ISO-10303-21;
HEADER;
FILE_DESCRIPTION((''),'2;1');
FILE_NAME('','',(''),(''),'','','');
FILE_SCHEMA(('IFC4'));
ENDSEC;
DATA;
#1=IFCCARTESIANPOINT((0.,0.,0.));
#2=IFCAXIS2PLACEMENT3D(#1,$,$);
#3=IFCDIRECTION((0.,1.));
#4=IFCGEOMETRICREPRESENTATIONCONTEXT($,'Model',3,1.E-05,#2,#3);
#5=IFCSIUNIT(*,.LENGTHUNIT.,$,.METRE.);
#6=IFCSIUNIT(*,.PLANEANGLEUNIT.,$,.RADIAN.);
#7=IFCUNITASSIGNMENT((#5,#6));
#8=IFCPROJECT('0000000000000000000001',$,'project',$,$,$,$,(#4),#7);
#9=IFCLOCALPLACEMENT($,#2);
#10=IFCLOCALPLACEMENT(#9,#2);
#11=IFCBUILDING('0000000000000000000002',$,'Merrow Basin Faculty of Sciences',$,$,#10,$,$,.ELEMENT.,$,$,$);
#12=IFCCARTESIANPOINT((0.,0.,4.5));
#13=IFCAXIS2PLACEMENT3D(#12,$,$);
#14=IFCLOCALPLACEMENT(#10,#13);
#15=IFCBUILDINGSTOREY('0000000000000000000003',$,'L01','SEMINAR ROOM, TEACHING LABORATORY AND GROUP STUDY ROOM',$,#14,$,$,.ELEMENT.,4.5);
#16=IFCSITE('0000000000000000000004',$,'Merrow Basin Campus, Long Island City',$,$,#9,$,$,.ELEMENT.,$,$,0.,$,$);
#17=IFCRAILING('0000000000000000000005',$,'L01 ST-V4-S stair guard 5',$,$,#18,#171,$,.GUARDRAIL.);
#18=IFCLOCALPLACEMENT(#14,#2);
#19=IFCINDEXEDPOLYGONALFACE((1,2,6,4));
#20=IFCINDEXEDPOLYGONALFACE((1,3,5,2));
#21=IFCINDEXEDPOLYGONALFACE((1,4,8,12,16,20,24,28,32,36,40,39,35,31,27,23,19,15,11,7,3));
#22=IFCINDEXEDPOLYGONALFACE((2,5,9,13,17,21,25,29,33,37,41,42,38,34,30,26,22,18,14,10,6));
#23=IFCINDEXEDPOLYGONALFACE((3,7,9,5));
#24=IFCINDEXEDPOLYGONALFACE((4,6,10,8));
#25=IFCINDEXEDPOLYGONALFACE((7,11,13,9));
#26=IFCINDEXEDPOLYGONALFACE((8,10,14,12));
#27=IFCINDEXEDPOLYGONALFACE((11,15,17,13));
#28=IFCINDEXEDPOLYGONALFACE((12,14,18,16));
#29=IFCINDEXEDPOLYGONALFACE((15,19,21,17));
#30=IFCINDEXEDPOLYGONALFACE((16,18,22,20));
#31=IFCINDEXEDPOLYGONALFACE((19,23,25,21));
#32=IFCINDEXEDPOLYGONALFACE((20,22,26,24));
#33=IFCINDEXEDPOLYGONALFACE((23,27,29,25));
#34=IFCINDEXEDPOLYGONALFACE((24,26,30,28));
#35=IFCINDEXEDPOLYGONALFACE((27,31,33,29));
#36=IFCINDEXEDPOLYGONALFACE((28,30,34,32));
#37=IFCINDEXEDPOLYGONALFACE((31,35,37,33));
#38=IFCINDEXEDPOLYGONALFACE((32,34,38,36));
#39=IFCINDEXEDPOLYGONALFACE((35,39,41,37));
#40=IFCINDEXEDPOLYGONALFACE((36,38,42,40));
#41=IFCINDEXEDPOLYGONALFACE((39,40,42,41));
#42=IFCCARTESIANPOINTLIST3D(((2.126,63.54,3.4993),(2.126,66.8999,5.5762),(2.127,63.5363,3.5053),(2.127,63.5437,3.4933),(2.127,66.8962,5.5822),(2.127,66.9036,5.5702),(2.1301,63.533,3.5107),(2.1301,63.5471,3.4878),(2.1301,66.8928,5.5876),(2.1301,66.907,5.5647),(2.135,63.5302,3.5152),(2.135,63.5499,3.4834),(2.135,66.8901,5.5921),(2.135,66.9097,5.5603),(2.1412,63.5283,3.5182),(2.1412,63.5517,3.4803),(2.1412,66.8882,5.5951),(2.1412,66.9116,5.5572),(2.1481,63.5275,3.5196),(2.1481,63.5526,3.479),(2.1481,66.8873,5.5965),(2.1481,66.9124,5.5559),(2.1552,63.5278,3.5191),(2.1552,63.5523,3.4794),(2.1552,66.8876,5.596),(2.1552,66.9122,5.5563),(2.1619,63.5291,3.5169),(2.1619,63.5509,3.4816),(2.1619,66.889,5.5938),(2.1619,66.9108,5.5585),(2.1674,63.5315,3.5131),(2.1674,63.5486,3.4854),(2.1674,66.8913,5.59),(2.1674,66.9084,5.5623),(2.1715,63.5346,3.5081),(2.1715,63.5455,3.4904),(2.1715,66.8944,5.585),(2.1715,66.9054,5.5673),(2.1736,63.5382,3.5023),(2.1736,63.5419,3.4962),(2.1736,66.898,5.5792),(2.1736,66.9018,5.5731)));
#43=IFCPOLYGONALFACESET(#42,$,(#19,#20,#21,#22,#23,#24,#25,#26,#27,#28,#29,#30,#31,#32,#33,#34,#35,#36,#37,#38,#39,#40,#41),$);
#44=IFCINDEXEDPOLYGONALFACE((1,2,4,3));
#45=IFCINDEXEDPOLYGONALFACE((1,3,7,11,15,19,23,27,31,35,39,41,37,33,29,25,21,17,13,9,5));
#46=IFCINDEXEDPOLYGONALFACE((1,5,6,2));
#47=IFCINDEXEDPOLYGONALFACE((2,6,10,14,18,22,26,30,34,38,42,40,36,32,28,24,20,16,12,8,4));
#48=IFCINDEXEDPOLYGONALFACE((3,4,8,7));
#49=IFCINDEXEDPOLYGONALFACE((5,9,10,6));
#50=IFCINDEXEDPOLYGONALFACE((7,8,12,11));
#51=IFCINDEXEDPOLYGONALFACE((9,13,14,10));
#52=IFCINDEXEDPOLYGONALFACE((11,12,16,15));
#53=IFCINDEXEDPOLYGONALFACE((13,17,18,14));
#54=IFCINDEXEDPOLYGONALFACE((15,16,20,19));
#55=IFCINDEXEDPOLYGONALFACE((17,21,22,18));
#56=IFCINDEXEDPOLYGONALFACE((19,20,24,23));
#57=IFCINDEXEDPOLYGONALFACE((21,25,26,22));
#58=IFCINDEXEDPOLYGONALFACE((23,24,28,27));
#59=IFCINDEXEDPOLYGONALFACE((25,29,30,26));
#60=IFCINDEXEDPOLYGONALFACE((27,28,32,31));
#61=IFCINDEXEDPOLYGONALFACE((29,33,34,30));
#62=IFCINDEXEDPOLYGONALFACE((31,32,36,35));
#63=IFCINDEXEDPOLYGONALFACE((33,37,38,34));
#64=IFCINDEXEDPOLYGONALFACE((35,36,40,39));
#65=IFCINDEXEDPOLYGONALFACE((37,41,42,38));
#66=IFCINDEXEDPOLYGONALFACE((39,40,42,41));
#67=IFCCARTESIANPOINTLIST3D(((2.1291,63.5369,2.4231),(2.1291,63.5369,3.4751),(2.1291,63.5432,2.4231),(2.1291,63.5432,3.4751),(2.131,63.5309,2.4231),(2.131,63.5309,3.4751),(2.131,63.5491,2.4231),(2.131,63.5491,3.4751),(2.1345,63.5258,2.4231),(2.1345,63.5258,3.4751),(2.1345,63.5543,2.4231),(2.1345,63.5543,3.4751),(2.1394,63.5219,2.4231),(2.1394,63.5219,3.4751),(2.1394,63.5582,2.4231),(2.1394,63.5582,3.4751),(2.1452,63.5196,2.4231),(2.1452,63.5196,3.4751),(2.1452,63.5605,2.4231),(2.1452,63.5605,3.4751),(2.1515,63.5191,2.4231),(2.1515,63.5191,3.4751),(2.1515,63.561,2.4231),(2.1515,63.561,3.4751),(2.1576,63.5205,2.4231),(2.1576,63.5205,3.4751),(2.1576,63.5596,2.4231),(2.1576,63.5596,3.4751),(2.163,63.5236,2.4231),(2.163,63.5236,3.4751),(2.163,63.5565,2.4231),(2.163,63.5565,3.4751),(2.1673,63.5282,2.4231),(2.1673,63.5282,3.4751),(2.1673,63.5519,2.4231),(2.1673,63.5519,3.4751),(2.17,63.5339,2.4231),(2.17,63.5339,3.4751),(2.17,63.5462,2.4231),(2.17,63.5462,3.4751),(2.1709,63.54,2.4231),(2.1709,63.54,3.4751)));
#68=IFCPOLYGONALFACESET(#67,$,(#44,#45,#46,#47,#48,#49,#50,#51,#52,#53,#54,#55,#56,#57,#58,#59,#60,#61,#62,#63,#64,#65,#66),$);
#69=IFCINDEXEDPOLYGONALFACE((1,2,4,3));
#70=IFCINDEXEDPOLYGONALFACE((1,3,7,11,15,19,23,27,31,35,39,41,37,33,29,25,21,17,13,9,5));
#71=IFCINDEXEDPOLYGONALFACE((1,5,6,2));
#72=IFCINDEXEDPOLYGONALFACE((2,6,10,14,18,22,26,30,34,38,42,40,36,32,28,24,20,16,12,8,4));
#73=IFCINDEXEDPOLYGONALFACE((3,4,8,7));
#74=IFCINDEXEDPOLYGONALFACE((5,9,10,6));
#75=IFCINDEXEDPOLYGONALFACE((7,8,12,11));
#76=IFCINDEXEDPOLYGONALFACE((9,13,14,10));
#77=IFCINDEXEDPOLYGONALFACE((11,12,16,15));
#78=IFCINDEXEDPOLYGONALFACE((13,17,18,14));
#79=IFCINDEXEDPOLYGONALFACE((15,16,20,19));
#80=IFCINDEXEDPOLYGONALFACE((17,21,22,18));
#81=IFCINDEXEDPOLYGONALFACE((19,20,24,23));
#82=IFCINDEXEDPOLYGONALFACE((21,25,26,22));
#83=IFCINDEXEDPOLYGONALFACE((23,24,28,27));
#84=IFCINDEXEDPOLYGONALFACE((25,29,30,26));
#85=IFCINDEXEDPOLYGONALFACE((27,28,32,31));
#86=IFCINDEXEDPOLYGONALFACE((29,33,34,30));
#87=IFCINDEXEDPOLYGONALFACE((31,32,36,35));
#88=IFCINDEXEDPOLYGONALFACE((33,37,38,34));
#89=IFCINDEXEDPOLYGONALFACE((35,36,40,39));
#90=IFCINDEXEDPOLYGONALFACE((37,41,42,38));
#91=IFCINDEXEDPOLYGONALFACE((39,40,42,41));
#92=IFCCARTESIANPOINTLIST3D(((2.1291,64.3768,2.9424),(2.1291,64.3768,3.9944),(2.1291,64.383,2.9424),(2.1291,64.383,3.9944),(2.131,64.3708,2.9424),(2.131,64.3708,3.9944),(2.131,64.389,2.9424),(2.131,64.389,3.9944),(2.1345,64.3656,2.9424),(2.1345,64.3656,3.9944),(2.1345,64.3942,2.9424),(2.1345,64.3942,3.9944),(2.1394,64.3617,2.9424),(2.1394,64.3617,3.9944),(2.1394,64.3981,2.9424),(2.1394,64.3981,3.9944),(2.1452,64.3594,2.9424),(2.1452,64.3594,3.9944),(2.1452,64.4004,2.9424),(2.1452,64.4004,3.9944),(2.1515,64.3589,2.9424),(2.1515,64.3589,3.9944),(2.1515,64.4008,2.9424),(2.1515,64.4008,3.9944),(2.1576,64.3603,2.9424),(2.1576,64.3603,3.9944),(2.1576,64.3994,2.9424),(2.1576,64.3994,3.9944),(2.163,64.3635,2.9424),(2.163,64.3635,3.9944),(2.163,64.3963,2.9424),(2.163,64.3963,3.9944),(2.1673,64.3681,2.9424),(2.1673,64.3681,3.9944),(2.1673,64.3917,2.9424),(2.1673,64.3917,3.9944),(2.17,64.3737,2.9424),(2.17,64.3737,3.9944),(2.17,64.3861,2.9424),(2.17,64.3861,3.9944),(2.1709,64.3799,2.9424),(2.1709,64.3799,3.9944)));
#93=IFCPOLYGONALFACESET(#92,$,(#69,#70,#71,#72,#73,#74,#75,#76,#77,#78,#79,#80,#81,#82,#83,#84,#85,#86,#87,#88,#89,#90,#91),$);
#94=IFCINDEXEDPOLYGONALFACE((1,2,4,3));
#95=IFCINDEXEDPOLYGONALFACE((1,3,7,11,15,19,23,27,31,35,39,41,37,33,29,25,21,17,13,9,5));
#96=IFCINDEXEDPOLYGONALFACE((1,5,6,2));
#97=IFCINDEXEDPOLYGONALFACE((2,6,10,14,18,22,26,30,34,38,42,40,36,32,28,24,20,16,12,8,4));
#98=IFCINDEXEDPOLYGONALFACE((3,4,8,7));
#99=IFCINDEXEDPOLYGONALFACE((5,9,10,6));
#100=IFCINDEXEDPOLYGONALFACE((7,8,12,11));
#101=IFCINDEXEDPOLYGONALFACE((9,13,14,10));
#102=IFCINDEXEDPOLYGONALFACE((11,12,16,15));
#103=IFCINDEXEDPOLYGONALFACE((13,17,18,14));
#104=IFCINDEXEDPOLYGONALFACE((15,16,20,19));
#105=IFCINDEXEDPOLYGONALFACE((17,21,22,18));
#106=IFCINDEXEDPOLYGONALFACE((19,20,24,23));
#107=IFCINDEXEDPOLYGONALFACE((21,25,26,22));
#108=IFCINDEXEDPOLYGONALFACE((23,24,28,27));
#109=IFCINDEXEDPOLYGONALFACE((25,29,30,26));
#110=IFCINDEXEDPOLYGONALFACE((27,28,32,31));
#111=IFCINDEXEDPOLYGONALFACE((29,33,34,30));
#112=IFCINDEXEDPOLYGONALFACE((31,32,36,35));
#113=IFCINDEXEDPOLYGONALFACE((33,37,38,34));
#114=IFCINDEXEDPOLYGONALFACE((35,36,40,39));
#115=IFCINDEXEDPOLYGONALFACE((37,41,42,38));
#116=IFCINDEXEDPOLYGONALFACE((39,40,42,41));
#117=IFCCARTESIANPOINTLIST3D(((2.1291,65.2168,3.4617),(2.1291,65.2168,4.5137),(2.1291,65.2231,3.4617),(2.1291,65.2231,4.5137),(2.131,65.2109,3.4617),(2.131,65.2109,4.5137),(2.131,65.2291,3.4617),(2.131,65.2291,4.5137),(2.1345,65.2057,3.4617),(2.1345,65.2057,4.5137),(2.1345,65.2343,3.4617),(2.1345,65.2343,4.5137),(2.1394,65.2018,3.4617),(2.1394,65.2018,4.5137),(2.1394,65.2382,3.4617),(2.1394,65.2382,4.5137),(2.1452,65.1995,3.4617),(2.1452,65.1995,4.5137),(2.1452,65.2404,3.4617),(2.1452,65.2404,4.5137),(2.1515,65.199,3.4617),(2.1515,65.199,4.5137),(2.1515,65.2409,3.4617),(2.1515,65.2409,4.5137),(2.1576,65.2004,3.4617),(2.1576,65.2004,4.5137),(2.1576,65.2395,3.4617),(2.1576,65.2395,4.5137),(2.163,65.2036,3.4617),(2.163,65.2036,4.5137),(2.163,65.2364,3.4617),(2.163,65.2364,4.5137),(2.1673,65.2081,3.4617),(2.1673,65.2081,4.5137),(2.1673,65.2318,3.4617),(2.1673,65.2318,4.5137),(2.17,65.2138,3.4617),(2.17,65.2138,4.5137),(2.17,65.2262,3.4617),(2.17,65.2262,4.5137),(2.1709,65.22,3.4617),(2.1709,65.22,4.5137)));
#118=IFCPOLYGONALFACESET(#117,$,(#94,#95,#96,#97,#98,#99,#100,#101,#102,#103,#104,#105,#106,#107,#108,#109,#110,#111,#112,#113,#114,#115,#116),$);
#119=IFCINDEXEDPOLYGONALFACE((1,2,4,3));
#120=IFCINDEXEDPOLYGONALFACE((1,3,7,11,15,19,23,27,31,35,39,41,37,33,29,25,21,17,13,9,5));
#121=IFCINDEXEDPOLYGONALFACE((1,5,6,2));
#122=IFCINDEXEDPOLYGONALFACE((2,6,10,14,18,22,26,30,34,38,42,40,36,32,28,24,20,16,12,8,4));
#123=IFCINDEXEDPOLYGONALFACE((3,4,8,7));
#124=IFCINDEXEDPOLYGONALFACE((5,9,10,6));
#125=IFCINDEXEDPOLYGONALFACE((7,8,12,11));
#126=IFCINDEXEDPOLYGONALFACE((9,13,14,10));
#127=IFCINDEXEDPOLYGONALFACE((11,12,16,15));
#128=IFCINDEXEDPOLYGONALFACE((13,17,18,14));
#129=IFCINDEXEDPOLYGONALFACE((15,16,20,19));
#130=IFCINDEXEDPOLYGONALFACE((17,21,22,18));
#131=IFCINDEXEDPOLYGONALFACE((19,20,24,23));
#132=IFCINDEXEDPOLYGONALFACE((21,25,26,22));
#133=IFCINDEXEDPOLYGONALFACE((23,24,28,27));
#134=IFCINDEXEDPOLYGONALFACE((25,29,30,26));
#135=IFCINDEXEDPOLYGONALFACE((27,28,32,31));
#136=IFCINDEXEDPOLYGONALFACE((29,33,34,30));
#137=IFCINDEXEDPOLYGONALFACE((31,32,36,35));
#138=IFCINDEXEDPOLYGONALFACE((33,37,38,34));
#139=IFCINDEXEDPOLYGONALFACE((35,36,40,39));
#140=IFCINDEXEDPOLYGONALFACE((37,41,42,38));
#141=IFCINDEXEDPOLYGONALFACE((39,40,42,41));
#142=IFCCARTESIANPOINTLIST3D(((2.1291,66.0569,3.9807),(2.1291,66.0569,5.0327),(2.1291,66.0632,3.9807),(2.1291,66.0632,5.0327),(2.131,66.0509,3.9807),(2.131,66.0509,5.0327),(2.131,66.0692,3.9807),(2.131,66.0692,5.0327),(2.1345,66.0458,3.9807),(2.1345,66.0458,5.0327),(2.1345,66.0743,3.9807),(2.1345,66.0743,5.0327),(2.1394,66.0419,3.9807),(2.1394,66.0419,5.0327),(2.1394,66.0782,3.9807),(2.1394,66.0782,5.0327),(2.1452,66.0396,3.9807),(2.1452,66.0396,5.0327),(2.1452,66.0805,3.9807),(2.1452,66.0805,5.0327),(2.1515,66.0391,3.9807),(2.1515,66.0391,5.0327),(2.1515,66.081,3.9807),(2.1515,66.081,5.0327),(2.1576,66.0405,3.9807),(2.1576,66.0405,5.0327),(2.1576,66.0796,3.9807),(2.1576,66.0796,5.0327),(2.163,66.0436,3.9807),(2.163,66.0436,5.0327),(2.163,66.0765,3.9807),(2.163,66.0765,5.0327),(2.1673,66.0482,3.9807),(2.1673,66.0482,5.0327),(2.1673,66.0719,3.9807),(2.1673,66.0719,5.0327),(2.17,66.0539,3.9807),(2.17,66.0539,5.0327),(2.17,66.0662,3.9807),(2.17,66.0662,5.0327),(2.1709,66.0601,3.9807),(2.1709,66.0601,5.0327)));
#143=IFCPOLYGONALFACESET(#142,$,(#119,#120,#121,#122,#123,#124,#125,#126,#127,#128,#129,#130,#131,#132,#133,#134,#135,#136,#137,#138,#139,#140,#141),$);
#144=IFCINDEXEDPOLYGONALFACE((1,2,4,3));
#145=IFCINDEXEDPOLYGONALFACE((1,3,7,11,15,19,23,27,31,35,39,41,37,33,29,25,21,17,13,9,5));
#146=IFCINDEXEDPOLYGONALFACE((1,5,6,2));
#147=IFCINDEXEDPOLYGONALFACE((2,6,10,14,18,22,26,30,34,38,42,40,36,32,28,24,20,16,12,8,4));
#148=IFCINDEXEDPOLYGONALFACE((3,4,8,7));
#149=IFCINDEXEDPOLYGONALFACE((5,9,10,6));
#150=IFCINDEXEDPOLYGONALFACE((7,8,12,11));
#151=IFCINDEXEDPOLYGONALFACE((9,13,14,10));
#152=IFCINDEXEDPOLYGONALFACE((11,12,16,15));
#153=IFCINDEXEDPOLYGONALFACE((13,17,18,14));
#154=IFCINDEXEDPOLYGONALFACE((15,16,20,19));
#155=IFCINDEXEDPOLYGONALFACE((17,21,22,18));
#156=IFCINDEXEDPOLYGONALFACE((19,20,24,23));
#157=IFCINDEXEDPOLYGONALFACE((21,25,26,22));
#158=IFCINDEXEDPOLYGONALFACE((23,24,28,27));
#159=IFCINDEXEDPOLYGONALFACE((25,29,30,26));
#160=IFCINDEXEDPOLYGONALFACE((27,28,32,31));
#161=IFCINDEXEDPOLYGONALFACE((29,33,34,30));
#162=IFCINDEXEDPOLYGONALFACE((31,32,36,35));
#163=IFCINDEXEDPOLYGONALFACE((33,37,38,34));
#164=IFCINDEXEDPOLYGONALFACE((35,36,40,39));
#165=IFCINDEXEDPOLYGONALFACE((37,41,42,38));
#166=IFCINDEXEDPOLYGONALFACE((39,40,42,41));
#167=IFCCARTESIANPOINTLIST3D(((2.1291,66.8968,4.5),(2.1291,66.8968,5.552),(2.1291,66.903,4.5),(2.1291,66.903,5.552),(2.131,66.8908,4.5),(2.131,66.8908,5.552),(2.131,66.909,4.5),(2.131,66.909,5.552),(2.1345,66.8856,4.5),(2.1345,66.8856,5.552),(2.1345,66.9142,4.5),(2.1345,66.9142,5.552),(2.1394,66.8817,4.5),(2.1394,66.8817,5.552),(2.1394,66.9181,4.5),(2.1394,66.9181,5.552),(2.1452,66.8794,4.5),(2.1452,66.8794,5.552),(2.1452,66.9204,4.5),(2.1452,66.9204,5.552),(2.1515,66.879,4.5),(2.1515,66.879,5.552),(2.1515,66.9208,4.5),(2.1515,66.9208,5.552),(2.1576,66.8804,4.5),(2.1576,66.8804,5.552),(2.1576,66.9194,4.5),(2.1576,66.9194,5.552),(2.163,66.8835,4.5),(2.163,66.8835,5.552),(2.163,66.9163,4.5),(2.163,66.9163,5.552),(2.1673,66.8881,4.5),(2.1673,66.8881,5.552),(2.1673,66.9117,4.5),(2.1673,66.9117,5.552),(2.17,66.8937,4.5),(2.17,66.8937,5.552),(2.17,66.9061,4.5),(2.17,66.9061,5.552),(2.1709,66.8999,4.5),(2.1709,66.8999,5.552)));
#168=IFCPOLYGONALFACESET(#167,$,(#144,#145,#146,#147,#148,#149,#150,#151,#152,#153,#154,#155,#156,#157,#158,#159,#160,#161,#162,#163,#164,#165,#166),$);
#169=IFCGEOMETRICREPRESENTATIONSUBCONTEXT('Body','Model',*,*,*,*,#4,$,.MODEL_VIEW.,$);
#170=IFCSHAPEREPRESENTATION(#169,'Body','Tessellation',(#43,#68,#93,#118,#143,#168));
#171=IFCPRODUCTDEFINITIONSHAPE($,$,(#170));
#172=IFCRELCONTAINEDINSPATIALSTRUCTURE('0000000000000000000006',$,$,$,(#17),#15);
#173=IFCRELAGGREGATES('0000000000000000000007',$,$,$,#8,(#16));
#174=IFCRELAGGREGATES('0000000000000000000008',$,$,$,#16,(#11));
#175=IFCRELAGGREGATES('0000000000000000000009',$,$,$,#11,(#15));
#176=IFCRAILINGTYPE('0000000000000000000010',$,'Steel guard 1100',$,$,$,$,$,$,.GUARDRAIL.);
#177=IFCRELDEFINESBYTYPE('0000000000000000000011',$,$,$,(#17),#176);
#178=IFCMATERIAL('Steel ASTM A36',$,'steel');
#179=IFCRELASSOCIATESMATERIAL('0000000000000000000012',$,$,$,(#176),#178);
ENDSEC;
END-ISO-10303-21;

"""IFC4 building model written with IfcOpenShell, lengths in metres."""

from ifc_helpers import new_model, si_unit, direction, frame, origin, origin_2d, place, context, subcontext, project, spatial, circle, extrude, material, type_object, element, save


model = new_model("IFC4")

# Units and contexts
model_context = context("Model", 3, precision=1e-05, world=origin(), true_north=direction((0.0, 1.0)))
body_context = subcontext(model_context, "Body", "Model", "MODEL_VIEW")
ifc_project = project(units=[si_unit("LENGTHUNIT", "METRE"), si_unit("PLANEANGLEUNIT", "RADIAN")], contexts=[model_context])

# Site, building, storey
site_placement = place(None, origin())
site = spatial("IfcSite", under=ifc_project, at=site_placement, Name="Merrow Basin Campus, Long Island City", CompositionType="ELEMENT", RefElevation=0.0)
building_placement = place(site_placement, origin())
building = spatial("IfcBuilding", under=site, at=building_placement, Name="Merrow Basin Faculty of Sciences", CompositionType="ELEMENT")
storey_placement = place(building_placement, frame((0.0, 0.0, 4.5)))
storey = spatial("IfcBuildingStorey", under=building, at=storey_placement, Name="L01", Description="SEMINAR ROOM, TEACHING LABORATORY AND GROUP STUDY ROOM", CompositionType="ELEMENT", Elevation=4.5)

# Railing
ifc_material_1 = material(Name="Steel ASTM A36", Category="steel")
railing_type_1 = type_object("IfcRailingType", Name="Steel guard 1100", PredefinedType="GUARDRAIL", material=ifc_material_1)
railing_1_placement = place(storey_placement, frame((2.1499, 63.54, 2.4231)))
element("IfcRailing", 1, at=railing_1_placement, inside=storey, type_object=railing_type_1, Name="L01 ST-V4-S stair guard 5", PredefinedType="GUARDRAIL", context=body_context, shape_type="SweptSolid", body=[
    extrude(circle(Radius=0.0239, at=origin_2d()), frame((0.0, 0.0, 1.0762), z_axis=(0.0, 0.850606, 0.525803), x_axis=(-1.0, 0.0, 0.0)), (0.0, 0.0, 1.0), 3.95),
    extrude(circle(Radius=0.021, at=origin_2d()), origin(), (0.0, 0.0, 1.0), 1.052),
    extrude(circle(Radius=0.021, at=origin_2d()), frame((0.0, 0.8398, 0.5193)), (0.0, 0.0, 1.0), 1.052),
    extrude(circle(Radius=0.021, at=origin_2d()), frame((0.0, 1.6799, 1.0386)), (0.0, 0.0, 1.0), 1.052),
    extrude(circle(Radius=0.021, at=origin_2d()), frame((0.0, 2.52, 1.5576)), (0.0, 0.0, 1.0), 1.052),
    extrude(circle(Radius=0.021, at=origin_2d()), frame((0.0, 3.3599, 2.0769)), (0.0, 0.0, 1.0), 1.052),
])

save(model, "model.ifc")
